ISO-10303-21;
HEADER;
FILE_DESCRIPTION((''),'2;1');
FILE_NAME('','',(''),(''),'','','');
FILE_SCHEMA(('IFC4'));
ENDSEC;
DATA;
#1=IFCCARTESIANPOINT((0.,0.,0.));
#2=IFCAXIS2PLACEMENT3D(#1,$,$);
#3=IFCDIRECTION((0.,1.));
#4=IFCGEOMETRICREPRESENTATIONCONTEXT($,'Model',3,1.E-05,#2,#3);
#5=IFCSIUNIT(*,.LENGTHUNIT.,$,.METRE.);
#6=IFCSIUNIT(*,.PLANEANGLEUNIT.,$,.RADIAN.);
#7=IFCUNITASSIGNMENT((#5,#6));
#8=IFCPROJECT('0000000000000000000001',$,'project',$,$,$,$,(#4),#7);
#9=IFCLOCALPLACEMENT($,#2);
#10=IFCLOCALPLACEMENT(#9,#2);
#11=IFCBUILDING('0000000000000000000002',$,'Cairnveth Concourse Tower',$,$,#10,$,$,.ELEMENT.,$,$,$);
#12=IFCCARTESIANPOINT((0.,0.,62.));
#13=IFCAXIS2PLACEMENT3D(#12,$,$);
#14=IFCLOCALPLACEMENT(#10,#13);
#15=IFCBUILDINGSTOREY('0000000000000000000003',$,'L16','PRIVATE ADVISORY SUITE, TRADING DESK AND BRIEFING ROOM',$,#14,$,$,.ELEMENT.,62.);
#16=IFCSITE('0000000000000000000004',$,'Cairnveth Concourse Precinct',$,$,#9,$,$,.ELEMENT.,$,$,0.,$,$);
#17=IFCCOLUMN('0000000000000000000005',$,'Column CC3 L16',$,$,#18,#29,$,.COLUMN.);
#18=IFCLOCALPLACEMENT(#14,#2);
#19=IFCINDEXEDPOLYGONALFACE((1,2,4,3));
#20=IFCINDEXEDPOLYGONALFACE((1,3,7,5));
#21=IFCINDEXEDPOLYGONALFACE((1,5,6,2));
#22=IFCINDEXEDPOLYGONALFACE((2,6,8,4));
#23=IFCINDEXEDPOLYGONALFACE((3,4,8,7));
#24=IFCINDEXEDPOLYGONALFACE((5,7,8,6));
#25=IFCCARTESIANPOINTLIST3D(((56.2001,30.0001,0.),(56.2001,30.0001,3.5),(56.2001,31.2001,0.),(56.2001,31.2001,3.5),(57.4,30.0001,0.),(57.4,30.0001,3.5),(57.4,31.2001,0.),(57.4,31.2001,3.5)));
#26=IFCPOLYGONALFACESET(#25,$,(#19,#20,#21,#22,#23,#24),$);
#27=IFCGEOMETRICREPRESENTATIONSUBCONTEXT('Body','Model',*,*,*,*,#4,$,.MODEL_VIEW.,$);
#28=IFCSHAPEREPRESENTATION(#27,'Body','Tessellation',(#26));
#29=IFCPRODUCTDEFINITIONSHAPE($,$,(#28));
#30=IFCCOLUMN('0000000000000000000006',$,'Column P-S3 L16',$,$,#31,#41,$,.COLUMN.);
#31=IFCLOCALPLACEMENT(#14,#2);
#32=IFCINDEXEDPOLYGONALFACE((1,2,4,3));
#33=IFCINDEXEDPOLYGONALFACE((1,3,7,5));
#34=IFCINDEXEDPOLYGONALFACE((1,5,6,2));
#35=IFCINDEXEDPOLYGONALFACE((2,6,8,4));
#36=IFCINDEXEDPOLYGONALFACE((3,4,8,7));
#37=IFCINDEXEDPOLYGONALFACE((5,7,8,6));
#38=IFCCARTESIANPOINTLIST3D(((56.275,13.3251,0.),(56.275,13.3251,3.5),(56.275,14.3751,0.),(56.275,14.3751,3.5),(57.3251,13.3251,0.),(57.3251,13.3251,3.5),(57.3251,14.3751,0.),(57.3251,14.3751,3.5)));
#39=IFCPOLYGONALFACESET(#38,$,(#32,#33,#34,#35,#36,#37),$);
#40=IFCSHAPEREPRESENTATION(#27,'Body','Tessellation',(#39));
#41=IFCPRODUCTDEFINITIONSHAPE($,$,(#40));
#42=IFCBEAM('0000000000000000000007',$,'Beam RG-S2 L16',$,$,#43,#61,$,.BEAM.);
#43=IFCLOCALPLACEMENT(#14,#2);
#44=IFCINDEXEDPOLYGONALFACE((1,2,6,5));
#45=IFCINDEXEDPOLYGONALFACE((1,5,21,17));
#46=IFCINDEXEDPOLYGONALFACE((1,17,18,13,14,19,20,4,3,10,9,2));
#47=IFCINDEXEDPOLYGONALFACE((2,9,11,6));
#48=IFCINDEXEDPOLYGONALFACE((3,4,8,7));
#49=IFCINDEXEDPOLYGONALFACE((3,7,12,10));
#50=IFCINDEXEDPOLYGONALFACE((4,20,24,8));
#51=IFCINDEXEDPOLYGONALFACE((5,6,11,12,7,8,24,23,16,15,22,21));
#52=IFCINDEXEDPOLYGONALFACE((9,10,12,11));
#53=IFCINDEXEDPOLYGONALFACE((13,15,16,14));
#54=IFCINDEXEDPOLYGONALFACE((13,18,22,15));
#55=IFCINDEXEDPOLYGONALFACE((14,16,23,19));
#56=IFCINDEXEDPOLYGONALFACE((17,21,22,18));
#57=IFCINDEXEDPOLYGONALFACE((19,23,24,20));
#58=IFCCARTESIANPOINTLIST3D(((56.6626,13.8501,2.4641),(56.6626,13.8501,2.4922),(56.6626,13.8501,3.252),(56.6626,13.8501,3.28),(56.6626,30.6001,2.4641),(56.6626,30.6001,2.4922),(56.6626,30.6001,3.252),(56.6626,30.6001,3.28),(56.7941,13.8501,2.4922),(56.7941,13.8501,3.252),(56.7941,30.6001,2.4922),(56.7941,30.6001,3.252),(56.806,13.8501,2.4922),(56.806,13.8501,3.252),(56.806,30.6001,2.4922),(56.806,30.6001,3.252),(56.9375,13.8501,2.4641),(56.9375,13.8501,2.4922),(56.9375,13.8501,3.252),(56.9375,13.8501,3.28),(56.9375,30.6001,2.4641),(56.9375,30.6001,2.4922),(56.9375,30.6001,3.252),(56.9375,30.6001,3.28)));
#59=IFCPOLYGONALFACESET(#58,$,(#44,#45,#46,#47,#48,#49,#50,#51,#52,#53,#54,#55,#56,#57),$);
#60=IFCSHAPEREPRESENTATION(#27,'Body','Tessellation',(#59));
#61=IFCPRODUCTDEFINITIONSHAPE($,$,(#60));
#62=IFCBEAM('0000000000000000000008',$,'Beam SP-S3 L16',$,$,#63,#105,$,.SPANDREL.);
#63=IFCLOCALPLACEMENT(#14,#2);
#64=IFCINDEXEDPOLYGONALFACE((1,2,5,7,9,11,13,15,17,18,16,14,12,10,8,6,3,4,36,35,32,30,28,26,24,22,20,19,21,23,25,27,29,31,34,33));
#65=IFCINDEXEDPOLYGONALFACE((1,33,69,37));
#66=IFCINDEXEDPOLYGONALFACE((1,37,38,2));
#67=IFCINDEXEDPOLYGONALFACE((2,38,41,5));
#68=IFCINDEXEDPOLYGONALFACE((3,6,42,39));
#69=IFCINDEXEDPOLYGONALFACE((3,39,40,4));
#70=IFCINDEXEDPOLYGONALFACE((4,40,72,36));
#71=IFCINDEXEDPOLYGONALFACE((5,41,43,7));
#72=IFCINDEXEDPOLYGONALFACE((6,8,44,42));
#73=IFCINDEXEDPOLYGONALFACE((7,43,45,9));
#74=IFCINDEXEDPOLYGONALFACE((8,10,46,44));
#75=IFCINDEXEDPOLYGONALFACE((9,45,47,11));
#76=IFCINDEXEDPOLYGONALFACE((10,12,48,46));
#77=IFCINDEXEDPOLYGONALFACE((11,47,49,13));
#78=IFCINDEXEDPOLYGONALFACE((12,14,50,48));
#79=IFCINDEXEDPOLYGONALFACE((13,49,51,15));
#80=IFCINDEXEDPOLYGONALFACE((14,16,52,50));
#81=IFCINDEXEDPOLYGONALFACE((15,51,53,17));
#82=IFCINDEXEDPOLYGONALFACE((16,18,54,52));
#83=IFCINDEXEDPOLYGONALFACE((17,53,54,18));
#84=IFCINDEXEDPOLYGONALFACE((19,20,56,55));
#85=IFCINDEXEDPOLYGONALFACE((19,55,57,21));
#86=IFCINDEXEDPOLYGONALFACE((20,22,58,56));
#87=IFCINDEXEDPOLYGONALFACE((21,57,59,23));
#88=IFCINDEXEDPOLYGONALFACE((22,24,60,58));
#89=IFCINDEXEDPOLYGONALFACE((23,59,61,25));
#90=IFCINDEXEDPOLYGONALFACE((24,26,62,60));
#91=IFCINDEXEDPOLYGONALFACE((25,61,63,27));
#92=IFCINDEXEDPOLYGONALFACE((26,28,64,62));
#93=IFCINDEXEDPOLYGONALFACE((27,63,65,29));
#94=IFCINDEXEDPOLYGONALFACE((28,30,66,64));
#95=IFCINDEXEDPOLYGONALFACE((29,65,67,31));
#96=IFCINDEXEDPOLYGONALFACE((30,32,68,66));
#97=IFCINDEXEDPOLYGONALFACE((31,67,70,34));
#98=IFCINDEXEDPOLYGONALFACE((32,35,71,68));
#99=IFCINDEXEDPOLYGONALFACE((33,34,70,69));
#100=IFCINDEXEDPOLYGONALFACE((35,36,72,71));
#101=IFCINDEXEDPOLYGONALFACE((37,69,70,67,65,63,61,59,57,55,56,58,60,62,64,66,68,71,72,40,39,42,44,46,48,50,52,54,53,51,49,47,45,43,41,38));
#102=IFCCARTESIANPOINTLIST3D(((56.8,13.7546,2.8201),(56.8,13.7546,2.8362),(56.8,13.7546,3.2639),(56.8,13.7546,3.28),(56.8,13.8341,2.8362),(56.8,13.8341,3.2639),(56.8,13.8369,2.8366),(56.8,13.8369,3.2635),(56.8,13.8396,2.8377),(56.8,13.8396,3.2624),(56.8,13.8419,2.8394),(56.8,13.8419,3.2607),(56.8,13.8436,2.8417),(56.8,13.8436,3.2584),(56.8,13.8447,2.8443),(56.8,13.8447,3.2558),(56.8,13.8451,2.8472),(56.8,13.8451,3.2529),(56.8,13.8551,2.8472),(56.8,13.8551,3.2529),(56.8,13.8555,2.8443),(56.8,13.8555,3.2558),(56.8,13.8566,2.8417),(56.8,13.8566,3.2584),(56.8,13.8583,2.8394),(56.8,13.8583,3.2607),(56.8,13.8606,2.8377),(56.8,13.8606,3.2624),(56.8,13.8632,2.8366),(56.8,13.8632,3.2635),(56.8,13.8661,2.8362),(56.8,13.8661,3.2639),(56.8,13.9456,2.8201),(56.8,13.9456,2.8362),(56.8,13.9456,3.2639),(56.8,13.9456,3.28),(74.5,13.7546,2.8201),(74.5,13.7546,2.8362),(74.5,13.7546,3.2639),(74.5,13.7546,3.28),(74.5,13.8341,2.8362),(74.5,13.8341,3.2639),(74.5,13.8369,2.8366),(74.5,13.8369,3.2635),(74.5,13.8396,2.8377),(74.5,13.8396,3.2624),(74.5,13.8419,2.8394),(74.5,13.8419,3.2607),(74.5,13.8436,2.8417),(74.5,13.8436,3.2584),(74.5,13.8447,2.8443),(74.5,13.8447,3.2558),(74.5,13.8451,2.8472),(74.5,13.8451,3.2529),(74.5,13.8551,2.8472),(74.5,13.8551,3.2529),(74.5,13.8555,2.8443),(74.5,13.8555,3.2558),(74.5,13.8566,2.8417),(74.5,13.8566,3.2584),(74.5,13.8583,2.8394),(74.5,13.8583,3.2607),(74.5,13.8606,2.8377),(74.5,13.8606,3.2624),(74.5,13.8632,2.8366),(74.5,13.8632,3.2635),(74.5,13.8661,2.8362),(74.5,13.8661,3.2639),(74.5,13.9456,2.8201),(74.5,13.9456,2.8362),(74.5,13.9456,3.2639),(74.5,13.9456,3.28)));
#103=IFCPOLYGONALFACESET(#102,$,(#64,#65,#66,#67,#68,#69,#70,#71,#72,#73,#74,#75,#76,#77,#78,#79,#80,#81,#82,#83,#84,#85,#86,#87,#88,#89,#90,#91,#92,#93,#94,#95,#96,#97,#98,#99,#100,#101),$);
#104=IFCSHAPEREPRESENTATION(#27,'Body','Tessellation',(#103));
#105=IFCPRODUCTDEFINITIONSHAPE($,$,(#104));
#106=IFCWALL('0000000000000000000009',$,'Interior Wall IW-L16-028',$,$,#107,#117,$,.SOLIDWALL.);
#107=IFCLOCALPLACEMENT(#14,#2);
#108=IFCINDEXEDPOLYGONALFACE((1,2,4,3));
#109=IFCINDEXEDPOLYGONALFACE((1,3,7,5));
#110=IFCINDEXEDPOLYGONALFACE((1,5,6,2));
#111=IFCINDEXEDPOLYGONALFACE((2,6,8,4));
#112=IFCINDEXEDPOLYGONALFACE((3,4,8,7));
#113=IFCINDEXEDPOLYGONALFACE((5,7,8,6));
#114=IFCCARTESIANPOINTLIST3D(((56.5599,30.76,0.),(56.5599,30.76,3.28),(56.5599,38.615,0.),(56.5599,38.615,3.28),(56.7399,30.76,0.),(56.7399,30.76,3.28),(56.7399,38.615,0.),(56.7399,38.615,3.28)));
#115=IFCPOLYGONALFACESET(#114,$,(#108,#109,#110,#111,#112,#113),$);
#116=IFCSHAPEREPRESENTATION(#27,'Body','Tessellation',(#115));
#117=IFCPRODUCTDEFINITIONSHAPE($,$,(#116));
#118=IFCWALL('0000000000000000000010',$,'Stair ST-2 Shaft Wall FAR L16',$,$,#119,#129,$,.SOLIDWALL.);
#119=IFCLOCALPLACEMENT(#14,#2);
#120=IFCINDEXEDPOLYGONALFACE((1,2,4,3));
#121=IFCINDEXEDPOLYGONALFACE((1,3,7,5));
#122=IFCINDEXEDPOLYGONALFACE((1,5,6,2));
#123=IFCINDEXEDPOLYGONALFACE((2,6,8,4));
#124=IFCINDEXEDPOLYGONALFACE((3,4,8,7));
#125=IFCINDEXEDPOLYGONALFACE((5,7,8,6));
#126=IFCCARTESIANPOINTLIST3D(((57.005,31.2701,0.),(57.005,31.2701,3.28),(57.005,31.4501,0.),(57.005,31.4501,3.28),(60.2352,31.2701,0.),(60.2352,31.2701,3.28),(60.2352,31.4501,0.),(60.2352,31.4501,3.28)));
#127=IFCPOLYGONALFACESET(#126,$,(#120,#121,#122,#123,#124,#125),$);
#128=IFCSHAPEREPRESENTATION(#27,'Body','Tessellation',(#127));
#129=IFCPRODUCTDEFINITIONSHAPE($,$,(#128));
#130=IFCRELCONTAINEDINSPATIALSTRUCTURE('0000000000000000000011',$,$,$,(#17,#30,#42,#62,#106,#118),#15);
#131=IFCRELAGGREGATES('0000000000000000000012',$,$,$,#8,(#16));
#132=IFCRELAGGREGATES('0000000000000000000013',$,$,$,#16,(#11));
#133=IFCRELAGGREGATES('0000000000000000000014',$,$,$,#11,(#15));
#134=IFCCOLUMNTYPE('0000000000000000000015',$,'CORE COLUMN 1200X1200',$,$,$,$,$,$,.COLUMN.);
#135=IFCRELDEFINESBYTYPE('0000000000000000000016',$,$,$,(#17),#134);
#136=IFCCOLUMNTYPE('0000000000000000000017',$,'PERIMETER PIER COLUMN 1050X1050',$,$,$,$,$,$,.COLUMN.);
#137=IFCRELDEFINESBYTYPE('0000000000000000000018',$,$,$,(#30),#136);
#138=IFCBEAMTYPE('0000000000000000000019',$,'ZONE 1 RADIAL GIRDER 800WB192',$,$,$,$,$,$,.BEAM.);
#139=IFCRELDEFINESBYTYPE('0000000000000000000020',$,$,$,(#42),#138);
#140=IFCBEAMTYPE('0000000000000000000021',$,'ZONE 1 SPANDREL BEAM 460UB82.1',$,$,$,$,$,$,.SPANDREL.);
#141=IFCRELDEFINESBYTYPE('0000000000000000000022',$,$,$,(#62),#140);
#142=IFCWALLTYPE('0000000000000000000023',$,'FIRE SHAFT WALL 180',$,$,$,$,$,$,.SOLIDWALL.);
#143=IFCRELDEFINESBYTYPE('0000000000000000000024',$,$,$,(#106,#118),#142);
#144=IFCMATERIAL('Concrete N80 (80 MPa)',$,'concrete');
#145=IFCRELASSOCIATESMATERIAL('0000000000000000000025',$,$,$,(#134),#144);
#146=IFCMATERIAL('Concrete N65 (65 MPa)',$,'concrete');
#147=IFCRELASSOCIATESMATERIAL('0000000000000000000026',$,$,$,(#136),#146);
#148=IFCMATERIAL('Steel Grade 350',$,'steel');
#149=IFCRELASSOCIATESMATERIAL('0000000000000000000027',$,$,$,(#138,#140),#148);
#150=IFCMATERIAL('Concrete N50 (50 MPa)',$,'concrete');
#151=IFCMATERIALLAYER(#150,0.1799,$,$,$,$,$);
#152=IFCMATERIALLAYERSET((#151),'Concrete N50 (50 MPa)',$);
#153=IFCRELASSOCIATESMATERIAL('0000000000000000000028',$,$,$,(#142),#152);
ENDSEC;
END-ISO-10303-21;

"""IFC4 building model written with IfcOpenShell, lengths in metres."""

from ifc_helpers import new_model, si_unit, direction, frame, frame_2d, origin, origin_2d, place, context, subcontext, project, spatial, rectangle, i_section, extrude, material, layer, layer_set, material_profile, profile_set, type_object, element, save


model = new_model("IFC4")

# Units and contexts
model_context = context("Model", 3, precision=1e-05, world=origin(), true_north=direction((0.0, 1.0)))
body_context = subcontext(model_context, "Body", "Model", "MODEL_VIEW")
ifc_project = project(units=[si_unit("LENGTHUNIT", "METRE"), si_unit("PLANEANGLEUNIT", "RADIAN")], contexts=[model_context])

# Site, building, storey
site_placement = place(None, origin())
site = spatial("IfcSite", under=ifc_project, at=site_placement, Name="Cairnveth Concourse Precinct", CompositionType="ELEMENT", RefElevation=0.0)
building_placement = place(site_placement, origin())
building = spatial("IfcBuilding", under=site, at=building_placement, Name="Cairnveth Concourse Tower", CompositionType="ELEMENT")
storey_placement = place(building_placement, frame((0.0, 0.0, 62.0)))
storey = spatial("IfcBuildingStorey", under=building, at=storey_placement, Name="L16", Description="PRIVATE ADVISORY SUITE, TRADING DESK AND BRIEFING ROOM", CompositionType="ELEMENT", Elevation=62.0)

# Columns
ifc_material_1 = material(Name="Concrete N80 (80 MPa)", Category="concrete")
ifc_material_profile_1 = material_profile(ifc_material_1, rectangle(XDim=1.2, YDim=1.2, at=origin_2d()), Name="RC-COL-1200x1200")
ifc_profile_set_1 = profile_set([ifc_material_profile_1], Name="Concrete N80 (80 MPa)")
column_type_1 = type_object("IfcColumnType", Name="CORE COLUMN 1200X1200", PredefinedType="COLUMN", material=ifc_profile_set_1)
column_1_placement = place(storey_placement, frame((56.8, 30.6001, 0.0), z_axis=(0.0, 0.0, 1.0), x_axis=(1.0, 0.0, 0.0)))
element("IfcColumn", 1, at=column_1_placement, inside=storey, type_object=column_type_1, Name="Column CC3 L16", PredefinedType="COLUMN", context=body_context, shape_type="SweptSolid", body=[
    extrude(rectangle(XDim=1.2, YDim=1.2, at=origin_2d()), origin(), (0.0, 0.0, 1.0), 3.5),
])
ifc_material_2 = material(Name="Concrete N65 (65 MPa)", Category="concrete")
ifc_material_profile_2 = material_profile(ifc_material_2, rectangle(XDim=1.05, YDim=1.05, at=origin_2d()), Name="RC-COL-1050x1050")
ifc_profile_set_2 = profile_set([ifc_material_profile_2], Name="Concrete N65 (65 MPa)")
column_type_2 = type_object("IfcColumnType", Name="PERIMETER PIER COLUMN 1050X1050", PredefinedType="COLUMN", material=ifc_profile_set_2)
column_2_placement = place(storey_placement, frame((56.8, 13.8501, 0.0), z_axis=(0.0, 0.0, 1.0), x_axis=(1.0, 0.0, 0.0)))
element("IfcColumn", 2, at=column_2_placement, inside=storey, type_object=column_type_2, Name="Column P-S3 L16", PredefinedType="COLUMN", context=body_context, shape_type="SweptSolid", body=[
    extrude(rectangle(XDim=1.05, YDim=1.05, at=origin_2d()), origin(), (0.0, 0.0, 1.0), 3.5),
])

# Beams
ifc_material_3 = material(Name="Steel Grade 350", Category="steel")
ifc_material_profile_3 = material_profile(ifc_material_3, i_section(OverallWidth=0.2749, OverallDepth=0.8159, WebThickness=0.012, FlangeThickness=0.0281, at=origin_2d()), Name="800WB192")
ifc_profile_set_3 = profile_set([ifc_material_profile_3], Name="Steel Grade 350")
beam_type_1 = type_object("IfcBeamType", Name="ZONE 1 RADIAL GIRDER 800WB192", PredefinedType="BEAM", material=ifc_profile_set_3)
beam_1_placement = place(storey_placement, frame((56.8, 13.8501, 2.8721), z_axis=(0.0, 1.0, 0.0), x_axis=(-1.0, 0.0, 0.0)))
element("IfcBeam", 3, at=beam_1_placement, inside=storey, type_object=beam_type_1, Name="Beam RG-S2 L16", PredefinedType="BEAM", context=body_context, shape_type="SweptSolid", body=[
    extrude(i_section(OverallWidth=0.2749, OverallDepth=0.8159, WebThickness=0.012, FlangeThickness=0.0281, at=origin_2d()), origin(), (0.0, 0.0, 1.0), 16.75),
])
ifc_material_profile_4 = material_profile(ifc_material_3, i_section(OverallWidth=0.1909, OverallDepth=0.46, WebThickness=0.01, FlangeThickness=0.0161, FilletRadius=0.011, at=origin_2d()), Name="460UB82.1")
ifc_profile_set_4 = profile_set([ifc_material_profile_4], Name="Steel Grade 350")
beam_type_2 = type_object("IfcBeamType", Name="ZONE 1 SPANDREL BEAM 460UB82.1", PredefinedType="SPANDREL", material=ifc_profile_set_4)
beam_2_placement = place(storey_placement, frame((56.8, 13.8501, 3.05), z_axis=(1.0, 0.0, 0.0), x_axis=(0.0, 1.0, 0.0)))
element("IfcBeam", 4, at=beam_2_placement, inside=storey, type_object=beam_type_2, Name="Beam SP-S3 L16", PredefinedType="SPANDREL", context=body_context, shape_type="SweptSolid", body=[
    extrude(i_section(OverallWidth=0.1909, OverallDepth=0.46, WebThickness=0.01, FlangeThickness=0.0161, FilletRadius=0.011, at=origin_2d()), origin(), (0.0, 0.0, 1.0), 17.7),
])

# Walls
ifc_material_4 = material(Name="Concrete N50 (50 MPa)", Category="concrete")
ifc_layer_1 = layer(ifc_material_4, 0.1799)
ifc_layer_set_1 = layer_set([ifc_layer_1], Name="Concrete N50 (50 MPa)")
wall_type_1 = type_object("IfcWallType", Name="FIRE SHAFT WALL 180", PredefinedType="SOLIDWALL", material=ifc_layer_set_1)
wall_1_placement = place(storey_placement, frame((56.6499, 30.76, 0.0), z_axis=(0.0, 0.0, 1.0), x_axis=(0.0, 1.0, 0.0)))
element("IfcWall", 5, at=wall_1_placement, inside=storey, type_object=wall_type_1, Name="Interior Wall IW-L16-028", PredefinedType="SOLIDWALL", context=body_context, shape_type="SweptSolid", body=[
    extrude(rectangle(XDim=7.855, YDim=0.1799, at=frame_2d((3.9275, 0.0))), origin(), (0.0, 0.0, 1.0), 3.28),
])
wall_2_placement = place(storey_placement, frame((57.0049, 31.3601, 0.0), z_axis=(0.0, 0.0, 1.0), x_axis=(1.0, 0.0, 0.0)))
element("IfcWall", 6, at=wall_2_placement, inside=storey, type_object=wall_type_1, Name="Stair ST-2 Shaft Wall FAR L16", PredefinedType="SOLIDWALL", context=body_context, shape_type="SweptSolid", body=[
    extrude(rectangle(XDim=3.2302, YDim=0.1799, at=frame_2d((1.6152, 0.0))), origin(), (0.0, 0.0, 1.0), 3.28),
])

save(model, "model.ifc")
